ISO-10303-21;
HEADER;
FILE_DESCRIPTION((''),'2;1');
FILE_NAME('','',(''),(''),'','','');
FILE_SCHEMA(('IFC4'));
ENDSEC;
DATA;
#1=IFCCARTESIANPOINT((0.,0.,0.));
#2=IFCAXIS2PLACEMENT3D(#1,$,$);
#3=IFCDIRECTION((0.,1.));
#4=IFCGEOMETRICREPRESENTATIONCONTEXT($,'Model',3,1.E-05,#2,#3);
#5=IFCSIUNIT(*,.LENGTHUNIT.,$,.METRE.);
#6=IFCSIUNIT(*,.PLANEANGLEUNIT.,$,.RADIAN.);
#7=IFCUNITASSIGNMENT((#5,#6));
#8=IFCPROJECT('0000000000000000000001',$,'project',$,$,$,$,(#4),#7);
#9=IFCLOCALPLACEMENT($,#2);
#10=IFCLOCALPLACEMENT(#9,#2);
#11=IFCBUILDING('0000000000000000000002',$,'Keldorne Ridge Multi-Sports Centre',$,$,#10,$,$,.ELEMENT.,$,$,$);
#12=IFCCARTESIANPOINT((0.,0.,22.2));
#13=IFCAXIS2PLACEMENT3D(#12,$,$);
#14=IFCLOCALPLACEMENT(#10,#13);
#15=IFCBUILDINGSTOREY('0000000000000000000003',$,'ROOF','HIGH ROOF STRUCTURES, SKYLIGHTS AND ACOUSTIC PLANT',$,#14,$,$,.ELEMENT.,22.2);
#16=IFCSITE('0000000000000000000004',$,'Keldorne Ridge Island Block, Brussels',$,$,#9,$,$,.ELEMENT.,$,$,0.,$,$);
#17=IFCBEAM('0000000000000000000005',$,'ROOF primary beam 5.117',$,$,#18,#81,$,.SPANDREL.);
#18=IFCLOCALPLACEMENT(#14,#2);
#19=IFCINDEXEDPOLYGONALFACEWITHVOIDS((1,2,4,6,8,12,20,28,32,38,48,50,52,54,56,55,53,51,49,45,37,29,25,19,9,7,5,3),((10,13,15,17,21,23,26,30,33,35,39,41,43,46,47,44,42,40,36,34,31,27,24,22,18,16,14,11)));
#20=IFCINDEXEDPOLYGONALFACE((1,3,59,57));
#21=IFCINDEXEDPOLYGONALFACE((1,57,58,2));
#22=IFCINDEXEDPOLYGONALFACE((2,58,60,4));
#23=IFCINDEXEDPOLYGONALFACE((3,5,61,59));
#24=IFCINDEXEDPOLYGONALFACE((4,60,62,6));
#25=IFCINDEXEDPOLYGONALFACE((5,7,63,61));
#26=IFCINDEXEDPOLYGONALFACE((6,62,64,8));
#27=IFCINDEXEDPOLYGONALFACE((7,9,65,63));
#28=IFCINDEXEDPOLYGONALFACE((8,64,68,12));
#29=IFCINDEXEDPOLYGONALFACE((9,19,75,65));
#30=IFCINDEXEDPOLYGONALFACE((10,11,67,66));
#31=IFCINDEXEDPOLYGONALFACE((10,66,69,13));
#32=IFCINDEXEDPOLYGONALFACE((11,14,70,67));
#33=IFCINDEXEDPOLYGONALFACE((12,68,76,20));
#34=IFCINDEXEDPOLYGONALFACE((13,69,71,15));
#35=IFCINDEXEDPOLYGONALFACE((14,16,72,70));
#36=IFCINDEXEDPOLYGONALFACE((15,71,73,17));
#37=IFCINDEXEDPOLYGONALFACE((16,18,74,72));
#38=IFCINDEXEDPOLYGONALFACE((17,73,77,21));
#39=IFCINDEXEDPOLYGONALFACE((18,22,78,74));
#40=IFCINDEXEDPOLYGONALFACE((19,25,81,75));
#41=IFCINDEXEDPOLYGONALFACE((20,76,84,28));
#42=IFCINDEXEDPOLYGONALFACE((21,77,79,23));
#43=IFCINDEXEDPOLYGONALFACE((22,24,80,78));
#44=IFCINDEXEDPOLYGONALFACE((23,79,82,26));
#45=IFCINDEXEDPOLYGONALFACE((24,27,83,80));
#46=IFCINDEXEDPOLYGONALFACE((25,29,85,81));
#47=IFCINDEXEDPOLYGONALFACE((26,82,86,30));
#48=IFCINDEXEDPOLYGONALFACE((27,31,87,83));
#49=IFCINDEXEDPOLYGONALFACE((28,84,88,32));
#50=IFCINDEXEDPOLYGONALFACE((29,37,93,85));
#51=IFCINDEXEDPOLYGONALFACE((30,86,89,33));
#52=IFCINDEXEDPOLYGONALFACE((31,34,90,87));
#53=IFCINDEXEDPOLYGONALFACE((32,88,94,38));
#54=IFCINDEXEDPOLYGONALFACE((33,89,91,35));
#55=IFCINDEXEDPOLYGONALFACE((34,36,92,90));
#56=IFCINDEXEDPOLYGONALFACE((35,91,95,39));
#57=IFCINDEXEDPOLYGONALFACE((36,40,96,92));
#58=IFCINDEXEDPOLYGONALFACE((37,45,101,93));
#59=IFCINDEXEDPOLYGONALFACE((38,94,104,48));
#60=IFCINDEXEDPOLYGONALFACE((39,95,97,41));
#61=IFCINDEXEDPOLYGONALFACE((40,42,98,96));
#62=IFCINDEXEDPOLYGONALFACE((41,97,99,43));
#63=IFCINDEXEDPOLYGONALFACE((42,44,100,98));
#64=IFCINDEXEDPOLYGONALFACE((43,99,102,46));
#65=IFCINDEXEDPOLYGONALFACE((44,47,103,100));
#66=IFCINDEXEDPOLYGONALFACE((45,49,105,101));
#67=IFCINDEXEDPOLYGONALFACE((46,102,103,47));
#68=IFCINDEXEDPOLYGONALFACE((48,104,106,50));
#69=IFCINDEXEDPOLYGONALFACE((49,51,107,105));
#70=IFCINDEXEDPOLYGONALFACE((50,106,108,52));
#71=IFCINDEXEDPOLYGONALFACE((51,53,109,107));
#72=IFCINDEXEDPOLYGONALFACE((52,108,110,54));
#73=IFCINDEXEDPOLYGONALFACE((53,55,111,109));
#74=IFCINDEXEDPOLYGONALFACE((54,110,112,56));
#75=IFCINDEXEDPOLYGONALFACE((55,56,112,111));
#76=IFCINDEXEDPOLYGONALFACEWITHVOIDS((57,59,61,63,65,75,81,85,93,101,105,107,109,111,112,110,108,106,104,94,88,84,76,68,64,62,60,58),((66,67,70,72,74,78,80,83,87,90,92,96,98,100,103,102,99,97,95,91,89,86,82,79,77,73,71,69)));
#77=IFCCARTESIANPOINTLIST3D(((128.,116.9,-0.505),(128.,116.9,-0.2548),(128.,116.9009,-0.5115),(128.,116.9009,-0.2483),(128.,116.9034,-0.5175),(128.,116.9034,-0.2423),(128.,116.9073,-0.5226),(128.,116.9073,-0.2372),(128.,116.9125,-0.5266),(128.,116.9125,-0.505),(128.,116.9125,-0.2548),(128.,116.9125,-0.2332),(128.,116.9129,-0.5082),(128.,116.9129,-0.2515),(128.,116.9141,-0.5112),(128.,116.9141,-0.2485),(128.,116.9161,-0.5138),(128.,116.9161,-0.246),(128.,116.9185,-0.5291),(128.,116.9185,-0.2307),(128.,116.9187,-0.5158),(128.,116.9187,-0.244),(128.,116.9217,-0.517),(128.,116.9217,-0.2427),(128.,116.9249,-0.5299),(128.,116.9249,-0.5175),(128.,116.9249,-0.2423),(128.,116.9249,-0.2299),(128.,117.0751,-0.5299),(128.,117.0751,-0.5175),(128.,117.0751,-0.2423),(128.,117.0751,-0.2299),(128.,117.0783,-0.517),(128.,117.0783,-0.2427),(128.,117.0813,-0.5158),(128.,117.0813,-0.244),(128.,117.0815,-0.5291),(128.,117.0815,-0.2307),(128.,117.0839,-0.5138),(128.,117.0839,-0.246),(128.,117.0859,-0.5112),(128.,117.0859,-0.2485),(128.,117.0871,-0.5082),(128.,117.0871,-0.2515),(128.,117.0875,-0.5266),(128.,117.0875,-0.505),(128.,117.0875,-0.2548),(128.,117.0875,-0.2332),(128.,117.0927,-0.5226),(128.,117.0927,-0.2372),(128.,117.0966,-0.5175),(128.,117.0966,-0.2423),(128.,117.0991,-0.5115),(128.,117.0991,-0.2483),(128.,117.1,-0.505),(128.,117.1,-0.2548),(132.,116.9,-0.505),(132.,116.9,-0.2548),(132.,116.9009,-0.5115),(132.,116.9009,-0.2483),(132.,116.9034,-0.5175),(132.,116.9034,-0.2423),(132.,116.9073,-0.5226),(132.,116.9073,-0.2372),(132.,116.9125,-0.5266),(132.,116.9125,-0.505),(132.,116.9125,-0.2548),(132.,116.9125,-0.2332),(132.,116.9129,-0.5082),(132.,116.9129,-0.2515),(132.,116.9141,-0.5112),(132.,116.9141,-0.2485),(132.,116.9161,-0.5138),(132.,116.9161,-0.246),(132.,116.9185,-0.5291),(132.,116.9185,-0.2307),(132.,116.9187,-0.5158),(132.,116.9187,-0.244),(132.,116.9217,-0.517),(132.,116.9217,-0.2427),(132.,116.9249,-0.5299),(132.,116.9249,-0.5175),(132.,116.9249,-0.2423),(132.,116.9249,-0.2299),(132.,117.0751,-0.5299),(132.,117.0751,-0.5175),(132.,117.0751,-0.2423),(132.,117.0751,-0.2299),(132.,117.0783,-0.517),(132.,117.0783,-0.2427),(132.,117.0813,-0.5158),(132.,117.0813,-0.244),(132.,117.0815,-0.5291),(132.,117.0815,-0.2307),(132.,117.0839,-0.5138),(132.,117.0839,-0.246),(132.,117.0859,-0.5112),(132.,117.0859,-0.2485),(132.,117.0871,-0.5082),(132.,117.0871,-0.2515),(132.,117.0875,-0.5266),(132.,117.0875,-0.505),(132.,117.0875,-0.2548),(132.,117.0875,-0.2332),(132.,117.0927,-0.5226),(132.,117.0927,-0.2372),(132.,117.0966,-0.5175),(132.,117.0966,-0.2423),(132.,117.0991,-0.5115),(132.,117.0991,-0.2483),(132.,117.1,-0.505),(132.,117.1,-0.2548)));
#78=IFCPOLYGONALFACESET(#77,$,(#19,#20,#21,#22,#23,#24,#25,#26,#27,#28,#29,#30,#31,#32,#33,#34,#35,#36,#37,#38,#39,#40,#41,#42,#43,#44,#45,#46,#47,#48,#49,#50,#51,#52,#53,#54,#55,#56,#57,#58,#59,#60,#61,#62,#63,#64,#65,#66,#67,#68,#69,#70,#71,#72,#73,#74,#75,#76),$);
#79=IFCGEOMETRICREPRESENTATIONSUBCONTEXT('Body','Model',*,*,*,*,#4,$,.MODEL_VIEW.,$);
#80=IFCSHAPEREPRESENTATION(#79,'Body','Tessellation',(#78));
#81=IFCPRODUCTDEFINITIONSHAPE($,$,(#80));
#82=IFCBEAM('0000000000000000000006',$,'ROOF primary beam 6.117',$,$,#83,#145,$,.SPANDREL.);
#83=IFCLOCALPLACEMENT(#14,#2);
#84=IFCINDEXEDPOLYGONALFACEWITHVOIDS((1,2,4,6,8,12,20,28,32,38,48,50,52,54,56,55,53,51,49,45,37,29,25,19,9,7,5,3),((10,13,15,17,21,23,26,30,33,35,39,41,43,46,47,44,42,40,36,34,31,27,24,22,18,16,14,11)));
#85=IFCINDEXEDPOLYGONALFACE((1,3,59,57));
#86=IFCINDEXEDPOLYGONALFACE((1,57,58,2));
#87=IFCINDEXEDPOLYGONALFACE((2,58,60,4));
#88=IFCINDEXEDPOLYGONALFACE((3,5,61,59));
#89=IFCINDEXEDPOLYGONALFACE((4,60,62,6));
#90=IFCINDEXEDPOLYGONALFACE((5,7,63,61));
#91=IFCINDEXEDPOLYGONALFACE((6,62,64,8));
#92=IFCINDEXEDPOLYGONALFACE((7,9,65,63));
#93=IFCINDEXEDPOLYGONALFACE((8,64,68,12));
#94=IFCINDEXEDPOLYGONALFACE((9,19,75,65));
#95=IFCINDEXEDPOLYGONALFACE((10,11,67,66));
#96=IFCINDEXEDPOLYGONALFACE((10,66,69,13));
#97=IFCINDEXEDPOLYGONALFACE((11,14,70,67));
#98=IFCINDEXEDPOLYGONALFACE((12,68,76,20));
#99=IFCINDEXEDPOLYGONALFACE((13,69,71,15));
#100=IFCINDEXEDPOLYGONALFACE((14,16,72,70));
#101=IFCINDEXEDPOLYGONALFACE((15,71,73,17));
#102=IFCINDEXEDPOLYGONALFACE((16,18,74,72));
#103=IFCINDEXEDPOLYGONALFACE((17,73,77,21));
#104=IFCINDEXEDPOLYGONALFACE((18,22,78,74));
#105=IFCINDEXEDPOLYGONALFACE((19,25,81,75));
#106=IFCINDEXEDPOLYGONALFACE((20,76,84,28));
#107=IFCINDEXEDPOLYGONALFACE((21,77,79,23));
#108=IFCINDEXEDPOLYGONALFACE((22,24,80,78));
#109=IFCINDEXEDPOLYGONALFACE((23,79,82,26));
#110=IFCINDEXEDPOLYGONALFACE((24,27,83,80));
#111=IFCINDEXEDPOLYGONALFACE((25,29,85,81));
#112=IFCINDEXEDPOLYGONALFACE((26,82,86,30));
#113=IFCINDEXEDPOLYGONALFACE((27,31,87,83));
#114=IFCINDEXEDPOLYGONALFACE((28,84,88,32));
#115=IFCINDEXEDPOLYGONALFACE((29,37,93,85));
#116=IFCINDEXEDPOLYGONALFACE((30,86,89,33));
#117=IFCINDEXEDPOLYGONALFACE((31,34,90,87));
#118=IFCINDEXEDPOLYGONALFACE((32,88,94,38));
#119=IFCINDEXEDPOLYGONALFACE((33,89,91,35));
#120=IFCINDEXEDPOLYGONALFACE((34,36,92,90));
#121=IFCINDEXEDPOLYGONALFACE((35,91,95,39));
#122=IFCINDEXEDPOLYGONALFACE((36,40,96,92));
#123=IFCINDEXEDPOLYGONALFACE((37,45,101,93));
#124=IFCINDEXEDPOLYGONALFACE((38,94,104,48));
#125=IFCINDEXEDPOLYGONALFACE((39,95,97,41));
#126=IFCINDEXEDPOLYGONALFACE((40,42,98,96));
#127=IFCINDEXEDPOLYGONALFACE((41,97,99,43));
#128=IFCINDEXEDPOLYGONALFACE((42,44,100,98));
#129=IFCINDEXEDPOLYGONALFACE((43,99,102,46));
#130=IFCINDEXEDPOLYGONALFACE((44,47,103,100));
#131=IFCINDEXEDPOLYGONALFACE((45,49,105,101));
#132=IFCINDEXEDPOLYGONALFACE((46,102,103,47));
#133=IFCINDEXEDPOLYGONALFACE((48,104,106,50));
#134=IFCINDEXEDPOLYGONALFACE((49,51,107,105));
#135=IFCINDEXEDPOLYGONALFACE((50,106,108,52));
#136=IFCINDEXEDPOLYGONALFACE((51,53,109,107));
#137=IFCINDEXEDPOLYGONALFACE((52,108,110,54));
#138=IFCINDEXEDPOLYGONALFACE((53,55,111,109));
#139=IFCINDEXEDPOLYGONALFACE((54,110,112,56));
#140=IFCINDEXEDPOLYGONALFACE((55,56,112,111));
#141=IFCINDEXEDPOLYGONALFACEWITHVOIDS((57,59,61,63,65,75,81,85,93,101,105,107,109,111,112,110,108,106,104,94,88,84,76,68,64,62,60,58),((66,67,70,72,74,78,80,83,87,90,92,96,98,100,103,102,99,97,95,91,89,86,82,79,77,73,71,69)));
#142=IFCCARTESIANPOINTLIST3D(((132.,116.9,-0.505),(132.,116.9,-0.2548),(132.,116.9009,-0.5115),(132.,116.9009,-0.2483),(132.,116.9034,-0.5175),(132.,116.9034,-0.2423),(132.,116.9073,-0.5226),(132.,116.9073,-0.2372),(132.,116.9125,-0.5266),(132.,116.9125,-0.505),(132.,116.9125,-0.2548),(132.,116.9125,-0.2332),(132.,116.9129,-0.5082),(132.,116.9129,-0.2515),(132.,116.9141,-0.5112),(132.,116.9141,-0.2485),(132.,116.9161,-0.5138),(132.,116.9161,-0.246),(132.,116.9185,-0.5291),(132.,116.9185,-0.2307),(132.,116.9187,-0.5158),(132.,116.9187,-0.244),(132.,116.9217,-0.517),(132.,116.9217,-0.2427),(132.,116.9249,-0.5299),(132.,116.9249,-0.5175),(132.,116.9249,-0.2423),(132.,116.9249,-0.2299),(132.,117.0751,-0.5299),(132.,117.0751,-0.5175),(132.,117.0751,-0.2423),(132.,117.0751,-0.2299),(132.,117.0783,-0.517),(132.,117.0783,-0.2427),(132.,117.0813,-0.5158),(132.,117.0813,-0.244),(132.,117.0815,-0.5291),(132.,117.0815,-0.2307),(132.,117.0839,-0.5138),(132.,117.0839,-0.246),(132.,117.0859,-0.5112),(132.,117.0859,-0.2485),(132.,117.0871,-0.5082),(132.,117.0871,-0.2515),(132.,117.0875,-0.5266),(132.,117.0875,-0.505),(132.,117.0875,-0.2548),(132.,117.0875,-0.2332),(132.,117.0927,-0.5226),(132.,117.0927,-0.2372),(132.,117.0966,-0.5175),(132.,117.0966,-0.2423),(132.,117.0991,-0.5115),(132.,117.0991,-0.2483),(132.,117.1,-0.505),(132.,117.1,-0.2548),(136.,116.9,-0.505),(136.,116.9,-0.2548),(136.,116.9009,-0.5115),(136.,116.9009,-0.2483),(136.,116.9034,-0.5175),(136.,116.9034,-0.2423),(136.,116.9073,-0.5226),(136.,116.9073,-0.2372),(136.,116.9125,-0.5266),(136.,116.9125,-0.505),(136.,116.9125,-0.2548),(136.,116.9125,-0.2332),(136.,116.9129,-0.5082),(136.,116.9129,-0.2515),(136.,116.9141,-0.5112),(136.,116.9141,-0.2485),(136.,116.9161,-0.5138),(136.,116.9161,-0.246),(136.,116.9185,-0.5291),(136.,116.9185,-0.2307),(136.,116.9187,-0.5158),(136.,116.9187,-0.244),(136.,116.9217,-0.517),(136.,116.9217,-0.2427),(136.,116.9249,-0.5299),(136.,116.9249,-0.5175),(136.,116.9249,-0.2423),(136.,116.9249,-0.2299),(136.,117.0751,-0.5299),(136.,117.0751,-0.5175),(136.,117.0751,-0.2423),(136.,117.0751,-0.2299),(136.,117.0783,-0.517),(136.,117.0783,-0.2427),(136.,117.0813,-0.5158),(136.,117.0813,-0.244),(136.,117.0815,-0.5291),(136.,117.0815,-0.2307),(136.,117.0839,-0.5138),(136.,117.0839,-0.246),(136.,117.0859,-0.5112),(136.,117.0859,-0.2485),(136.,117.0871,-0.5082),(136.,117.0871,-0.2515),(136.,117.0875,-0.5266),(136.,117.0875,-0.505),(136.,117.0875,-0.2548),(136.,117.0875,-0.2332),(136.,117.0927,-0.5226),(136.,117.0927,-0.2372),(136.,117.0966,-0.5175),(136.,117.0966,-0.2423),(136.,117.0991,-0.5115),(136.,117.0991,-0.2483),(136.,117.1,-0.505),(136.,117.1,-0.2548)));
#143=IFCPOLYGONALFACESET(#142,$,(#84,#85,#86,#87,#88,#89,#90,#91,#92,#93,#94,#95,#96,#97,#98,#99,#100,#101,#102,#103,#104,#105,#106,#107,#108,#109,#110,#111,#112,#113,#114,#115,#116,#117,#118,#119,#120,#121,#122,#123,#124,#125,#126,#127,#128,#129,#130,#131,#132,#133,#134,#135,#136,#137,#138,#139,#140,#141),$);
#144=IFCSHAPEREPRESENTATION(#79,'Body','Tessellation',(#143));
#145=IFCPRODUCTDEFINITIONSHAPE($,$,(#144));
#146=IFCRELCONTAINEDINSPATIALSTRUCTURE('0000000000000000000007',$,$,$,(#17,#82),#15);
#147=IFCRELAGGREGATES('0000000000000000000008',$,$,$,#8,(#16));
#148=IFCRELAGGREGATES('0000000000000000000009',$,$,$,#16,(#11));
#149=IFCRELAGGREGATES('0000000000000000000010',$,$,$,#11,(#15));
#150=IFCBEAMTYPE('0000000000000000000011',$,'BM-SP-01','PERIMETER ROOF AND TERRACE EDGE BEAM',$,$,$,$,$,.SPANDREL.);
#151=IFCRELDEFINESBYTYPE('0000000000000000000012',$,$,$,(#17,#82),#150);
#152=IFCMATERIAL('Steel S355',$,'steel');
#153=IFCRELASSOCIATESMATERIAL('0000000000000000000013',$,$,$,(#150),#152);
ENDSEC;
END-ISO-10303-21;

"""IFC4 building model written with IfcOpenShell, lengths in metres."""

from ifc_helpers import new_model, si_unit, direction, frame, origin, origin_2d, place, context, subcontext, project, spatial, hollow_rectangle, extrude, material, material_profile, profile_set, type_object, element, save


model = new_model("IFC4")

# Units and contexts
model_context = context("Model", 3, precision=1e-05, world=origin(), true_north=direction((0.0, 1.0)))
body_context = subcontext(model_context, "Body", "Model", "MODEL_VIEW")
ifc_project = project(units=[si_unit("LENGTHUNIT", "METRE"), si_unit("PLANEANGLEUNIT", "RADIAN")], contexts=[model_context])

# Site, building, storey
site_placement = place(None, origin())
site = spatial("IfcSite", under=ifc_project, at=site_placement, Name="Keldorne Ridge Island Block, Brussels", CompositionType="ELEMENT", RefElevation=0.0)
building_placement = place(site_placement, origin())
building = spatial("IfcBuilding", under=site, at=building_placement, Name="Keldorne Ridge Multi-Sports Centre", CompositionType="ELEMENT")
storey_placement = place(building_placement, frame((0.0, 0.0, 22.2)))
storey = spatial("IfcBuildingStorey", under=building, at=storey_placement, Name="ROOF", Description="HIGH ROOF STRUCTURES, SKYLIGHTS AND ACOUSTIC PLANT", CompositionType="ELEMENT", Elevation=22.2)

# Beams
ifc_material_1 = material(Name="Steel S355", Category="steel")
ifc_material_profile_1 = material_profile(ifc_material_1, hollow_rectangle(XDim=0.2, YDim=0.3, WallThickness=0.0125, InnerFilletRadius=0.0125, OuterFilletRadius=0.0249, at=origin_2d()), Name="RHS 300x200x12.5")
ifc_profile_set_1 = profile_set([ifc_material_profile_1], Name="Steel S355")
beam_type_1 = type_object("IfcBeamType", Name="BM-SP-01", Description="PERIMETER ROOF AND TERRACE EDGE BEAM", PredefinedType="SPANDREL", material=ifc_profile_set_1)
for number, where, z_axis, x_axis, name in (
    (1, (128.0, 117.0, -0.3799), (1.0, 0.0, 0.0), (0.0, 1.0, 0.0), "ROOF primary beam 5.117"),
    (2, (132.0, 117.0, -0.3799), (1.0, 0.0, 0.0), (0.0, 1.0, 0.0), "ROOF primary beam 6.117"),
):
    element("IfcBeam", number, at=place(storey_placement, frame(where, z_axis=z_axis, x_axis=x_axis)), inside=storey, type_object=beam_type_1, Name=name, PredefinedType="SPANDREL", context=body_context, shape_type="SweptSolid", body=[
        extrude(hollow_rectangle(XDim=0.2, YDim=0.3, WallThickness=0.0125, InnerFilletRadius=0.0125, OuterFilletRadius=0.0249, at=origin_2d()), origin(), (0.0, 0.0, 1.0), 4.0),
    ])

save(model, "model.ifc")
